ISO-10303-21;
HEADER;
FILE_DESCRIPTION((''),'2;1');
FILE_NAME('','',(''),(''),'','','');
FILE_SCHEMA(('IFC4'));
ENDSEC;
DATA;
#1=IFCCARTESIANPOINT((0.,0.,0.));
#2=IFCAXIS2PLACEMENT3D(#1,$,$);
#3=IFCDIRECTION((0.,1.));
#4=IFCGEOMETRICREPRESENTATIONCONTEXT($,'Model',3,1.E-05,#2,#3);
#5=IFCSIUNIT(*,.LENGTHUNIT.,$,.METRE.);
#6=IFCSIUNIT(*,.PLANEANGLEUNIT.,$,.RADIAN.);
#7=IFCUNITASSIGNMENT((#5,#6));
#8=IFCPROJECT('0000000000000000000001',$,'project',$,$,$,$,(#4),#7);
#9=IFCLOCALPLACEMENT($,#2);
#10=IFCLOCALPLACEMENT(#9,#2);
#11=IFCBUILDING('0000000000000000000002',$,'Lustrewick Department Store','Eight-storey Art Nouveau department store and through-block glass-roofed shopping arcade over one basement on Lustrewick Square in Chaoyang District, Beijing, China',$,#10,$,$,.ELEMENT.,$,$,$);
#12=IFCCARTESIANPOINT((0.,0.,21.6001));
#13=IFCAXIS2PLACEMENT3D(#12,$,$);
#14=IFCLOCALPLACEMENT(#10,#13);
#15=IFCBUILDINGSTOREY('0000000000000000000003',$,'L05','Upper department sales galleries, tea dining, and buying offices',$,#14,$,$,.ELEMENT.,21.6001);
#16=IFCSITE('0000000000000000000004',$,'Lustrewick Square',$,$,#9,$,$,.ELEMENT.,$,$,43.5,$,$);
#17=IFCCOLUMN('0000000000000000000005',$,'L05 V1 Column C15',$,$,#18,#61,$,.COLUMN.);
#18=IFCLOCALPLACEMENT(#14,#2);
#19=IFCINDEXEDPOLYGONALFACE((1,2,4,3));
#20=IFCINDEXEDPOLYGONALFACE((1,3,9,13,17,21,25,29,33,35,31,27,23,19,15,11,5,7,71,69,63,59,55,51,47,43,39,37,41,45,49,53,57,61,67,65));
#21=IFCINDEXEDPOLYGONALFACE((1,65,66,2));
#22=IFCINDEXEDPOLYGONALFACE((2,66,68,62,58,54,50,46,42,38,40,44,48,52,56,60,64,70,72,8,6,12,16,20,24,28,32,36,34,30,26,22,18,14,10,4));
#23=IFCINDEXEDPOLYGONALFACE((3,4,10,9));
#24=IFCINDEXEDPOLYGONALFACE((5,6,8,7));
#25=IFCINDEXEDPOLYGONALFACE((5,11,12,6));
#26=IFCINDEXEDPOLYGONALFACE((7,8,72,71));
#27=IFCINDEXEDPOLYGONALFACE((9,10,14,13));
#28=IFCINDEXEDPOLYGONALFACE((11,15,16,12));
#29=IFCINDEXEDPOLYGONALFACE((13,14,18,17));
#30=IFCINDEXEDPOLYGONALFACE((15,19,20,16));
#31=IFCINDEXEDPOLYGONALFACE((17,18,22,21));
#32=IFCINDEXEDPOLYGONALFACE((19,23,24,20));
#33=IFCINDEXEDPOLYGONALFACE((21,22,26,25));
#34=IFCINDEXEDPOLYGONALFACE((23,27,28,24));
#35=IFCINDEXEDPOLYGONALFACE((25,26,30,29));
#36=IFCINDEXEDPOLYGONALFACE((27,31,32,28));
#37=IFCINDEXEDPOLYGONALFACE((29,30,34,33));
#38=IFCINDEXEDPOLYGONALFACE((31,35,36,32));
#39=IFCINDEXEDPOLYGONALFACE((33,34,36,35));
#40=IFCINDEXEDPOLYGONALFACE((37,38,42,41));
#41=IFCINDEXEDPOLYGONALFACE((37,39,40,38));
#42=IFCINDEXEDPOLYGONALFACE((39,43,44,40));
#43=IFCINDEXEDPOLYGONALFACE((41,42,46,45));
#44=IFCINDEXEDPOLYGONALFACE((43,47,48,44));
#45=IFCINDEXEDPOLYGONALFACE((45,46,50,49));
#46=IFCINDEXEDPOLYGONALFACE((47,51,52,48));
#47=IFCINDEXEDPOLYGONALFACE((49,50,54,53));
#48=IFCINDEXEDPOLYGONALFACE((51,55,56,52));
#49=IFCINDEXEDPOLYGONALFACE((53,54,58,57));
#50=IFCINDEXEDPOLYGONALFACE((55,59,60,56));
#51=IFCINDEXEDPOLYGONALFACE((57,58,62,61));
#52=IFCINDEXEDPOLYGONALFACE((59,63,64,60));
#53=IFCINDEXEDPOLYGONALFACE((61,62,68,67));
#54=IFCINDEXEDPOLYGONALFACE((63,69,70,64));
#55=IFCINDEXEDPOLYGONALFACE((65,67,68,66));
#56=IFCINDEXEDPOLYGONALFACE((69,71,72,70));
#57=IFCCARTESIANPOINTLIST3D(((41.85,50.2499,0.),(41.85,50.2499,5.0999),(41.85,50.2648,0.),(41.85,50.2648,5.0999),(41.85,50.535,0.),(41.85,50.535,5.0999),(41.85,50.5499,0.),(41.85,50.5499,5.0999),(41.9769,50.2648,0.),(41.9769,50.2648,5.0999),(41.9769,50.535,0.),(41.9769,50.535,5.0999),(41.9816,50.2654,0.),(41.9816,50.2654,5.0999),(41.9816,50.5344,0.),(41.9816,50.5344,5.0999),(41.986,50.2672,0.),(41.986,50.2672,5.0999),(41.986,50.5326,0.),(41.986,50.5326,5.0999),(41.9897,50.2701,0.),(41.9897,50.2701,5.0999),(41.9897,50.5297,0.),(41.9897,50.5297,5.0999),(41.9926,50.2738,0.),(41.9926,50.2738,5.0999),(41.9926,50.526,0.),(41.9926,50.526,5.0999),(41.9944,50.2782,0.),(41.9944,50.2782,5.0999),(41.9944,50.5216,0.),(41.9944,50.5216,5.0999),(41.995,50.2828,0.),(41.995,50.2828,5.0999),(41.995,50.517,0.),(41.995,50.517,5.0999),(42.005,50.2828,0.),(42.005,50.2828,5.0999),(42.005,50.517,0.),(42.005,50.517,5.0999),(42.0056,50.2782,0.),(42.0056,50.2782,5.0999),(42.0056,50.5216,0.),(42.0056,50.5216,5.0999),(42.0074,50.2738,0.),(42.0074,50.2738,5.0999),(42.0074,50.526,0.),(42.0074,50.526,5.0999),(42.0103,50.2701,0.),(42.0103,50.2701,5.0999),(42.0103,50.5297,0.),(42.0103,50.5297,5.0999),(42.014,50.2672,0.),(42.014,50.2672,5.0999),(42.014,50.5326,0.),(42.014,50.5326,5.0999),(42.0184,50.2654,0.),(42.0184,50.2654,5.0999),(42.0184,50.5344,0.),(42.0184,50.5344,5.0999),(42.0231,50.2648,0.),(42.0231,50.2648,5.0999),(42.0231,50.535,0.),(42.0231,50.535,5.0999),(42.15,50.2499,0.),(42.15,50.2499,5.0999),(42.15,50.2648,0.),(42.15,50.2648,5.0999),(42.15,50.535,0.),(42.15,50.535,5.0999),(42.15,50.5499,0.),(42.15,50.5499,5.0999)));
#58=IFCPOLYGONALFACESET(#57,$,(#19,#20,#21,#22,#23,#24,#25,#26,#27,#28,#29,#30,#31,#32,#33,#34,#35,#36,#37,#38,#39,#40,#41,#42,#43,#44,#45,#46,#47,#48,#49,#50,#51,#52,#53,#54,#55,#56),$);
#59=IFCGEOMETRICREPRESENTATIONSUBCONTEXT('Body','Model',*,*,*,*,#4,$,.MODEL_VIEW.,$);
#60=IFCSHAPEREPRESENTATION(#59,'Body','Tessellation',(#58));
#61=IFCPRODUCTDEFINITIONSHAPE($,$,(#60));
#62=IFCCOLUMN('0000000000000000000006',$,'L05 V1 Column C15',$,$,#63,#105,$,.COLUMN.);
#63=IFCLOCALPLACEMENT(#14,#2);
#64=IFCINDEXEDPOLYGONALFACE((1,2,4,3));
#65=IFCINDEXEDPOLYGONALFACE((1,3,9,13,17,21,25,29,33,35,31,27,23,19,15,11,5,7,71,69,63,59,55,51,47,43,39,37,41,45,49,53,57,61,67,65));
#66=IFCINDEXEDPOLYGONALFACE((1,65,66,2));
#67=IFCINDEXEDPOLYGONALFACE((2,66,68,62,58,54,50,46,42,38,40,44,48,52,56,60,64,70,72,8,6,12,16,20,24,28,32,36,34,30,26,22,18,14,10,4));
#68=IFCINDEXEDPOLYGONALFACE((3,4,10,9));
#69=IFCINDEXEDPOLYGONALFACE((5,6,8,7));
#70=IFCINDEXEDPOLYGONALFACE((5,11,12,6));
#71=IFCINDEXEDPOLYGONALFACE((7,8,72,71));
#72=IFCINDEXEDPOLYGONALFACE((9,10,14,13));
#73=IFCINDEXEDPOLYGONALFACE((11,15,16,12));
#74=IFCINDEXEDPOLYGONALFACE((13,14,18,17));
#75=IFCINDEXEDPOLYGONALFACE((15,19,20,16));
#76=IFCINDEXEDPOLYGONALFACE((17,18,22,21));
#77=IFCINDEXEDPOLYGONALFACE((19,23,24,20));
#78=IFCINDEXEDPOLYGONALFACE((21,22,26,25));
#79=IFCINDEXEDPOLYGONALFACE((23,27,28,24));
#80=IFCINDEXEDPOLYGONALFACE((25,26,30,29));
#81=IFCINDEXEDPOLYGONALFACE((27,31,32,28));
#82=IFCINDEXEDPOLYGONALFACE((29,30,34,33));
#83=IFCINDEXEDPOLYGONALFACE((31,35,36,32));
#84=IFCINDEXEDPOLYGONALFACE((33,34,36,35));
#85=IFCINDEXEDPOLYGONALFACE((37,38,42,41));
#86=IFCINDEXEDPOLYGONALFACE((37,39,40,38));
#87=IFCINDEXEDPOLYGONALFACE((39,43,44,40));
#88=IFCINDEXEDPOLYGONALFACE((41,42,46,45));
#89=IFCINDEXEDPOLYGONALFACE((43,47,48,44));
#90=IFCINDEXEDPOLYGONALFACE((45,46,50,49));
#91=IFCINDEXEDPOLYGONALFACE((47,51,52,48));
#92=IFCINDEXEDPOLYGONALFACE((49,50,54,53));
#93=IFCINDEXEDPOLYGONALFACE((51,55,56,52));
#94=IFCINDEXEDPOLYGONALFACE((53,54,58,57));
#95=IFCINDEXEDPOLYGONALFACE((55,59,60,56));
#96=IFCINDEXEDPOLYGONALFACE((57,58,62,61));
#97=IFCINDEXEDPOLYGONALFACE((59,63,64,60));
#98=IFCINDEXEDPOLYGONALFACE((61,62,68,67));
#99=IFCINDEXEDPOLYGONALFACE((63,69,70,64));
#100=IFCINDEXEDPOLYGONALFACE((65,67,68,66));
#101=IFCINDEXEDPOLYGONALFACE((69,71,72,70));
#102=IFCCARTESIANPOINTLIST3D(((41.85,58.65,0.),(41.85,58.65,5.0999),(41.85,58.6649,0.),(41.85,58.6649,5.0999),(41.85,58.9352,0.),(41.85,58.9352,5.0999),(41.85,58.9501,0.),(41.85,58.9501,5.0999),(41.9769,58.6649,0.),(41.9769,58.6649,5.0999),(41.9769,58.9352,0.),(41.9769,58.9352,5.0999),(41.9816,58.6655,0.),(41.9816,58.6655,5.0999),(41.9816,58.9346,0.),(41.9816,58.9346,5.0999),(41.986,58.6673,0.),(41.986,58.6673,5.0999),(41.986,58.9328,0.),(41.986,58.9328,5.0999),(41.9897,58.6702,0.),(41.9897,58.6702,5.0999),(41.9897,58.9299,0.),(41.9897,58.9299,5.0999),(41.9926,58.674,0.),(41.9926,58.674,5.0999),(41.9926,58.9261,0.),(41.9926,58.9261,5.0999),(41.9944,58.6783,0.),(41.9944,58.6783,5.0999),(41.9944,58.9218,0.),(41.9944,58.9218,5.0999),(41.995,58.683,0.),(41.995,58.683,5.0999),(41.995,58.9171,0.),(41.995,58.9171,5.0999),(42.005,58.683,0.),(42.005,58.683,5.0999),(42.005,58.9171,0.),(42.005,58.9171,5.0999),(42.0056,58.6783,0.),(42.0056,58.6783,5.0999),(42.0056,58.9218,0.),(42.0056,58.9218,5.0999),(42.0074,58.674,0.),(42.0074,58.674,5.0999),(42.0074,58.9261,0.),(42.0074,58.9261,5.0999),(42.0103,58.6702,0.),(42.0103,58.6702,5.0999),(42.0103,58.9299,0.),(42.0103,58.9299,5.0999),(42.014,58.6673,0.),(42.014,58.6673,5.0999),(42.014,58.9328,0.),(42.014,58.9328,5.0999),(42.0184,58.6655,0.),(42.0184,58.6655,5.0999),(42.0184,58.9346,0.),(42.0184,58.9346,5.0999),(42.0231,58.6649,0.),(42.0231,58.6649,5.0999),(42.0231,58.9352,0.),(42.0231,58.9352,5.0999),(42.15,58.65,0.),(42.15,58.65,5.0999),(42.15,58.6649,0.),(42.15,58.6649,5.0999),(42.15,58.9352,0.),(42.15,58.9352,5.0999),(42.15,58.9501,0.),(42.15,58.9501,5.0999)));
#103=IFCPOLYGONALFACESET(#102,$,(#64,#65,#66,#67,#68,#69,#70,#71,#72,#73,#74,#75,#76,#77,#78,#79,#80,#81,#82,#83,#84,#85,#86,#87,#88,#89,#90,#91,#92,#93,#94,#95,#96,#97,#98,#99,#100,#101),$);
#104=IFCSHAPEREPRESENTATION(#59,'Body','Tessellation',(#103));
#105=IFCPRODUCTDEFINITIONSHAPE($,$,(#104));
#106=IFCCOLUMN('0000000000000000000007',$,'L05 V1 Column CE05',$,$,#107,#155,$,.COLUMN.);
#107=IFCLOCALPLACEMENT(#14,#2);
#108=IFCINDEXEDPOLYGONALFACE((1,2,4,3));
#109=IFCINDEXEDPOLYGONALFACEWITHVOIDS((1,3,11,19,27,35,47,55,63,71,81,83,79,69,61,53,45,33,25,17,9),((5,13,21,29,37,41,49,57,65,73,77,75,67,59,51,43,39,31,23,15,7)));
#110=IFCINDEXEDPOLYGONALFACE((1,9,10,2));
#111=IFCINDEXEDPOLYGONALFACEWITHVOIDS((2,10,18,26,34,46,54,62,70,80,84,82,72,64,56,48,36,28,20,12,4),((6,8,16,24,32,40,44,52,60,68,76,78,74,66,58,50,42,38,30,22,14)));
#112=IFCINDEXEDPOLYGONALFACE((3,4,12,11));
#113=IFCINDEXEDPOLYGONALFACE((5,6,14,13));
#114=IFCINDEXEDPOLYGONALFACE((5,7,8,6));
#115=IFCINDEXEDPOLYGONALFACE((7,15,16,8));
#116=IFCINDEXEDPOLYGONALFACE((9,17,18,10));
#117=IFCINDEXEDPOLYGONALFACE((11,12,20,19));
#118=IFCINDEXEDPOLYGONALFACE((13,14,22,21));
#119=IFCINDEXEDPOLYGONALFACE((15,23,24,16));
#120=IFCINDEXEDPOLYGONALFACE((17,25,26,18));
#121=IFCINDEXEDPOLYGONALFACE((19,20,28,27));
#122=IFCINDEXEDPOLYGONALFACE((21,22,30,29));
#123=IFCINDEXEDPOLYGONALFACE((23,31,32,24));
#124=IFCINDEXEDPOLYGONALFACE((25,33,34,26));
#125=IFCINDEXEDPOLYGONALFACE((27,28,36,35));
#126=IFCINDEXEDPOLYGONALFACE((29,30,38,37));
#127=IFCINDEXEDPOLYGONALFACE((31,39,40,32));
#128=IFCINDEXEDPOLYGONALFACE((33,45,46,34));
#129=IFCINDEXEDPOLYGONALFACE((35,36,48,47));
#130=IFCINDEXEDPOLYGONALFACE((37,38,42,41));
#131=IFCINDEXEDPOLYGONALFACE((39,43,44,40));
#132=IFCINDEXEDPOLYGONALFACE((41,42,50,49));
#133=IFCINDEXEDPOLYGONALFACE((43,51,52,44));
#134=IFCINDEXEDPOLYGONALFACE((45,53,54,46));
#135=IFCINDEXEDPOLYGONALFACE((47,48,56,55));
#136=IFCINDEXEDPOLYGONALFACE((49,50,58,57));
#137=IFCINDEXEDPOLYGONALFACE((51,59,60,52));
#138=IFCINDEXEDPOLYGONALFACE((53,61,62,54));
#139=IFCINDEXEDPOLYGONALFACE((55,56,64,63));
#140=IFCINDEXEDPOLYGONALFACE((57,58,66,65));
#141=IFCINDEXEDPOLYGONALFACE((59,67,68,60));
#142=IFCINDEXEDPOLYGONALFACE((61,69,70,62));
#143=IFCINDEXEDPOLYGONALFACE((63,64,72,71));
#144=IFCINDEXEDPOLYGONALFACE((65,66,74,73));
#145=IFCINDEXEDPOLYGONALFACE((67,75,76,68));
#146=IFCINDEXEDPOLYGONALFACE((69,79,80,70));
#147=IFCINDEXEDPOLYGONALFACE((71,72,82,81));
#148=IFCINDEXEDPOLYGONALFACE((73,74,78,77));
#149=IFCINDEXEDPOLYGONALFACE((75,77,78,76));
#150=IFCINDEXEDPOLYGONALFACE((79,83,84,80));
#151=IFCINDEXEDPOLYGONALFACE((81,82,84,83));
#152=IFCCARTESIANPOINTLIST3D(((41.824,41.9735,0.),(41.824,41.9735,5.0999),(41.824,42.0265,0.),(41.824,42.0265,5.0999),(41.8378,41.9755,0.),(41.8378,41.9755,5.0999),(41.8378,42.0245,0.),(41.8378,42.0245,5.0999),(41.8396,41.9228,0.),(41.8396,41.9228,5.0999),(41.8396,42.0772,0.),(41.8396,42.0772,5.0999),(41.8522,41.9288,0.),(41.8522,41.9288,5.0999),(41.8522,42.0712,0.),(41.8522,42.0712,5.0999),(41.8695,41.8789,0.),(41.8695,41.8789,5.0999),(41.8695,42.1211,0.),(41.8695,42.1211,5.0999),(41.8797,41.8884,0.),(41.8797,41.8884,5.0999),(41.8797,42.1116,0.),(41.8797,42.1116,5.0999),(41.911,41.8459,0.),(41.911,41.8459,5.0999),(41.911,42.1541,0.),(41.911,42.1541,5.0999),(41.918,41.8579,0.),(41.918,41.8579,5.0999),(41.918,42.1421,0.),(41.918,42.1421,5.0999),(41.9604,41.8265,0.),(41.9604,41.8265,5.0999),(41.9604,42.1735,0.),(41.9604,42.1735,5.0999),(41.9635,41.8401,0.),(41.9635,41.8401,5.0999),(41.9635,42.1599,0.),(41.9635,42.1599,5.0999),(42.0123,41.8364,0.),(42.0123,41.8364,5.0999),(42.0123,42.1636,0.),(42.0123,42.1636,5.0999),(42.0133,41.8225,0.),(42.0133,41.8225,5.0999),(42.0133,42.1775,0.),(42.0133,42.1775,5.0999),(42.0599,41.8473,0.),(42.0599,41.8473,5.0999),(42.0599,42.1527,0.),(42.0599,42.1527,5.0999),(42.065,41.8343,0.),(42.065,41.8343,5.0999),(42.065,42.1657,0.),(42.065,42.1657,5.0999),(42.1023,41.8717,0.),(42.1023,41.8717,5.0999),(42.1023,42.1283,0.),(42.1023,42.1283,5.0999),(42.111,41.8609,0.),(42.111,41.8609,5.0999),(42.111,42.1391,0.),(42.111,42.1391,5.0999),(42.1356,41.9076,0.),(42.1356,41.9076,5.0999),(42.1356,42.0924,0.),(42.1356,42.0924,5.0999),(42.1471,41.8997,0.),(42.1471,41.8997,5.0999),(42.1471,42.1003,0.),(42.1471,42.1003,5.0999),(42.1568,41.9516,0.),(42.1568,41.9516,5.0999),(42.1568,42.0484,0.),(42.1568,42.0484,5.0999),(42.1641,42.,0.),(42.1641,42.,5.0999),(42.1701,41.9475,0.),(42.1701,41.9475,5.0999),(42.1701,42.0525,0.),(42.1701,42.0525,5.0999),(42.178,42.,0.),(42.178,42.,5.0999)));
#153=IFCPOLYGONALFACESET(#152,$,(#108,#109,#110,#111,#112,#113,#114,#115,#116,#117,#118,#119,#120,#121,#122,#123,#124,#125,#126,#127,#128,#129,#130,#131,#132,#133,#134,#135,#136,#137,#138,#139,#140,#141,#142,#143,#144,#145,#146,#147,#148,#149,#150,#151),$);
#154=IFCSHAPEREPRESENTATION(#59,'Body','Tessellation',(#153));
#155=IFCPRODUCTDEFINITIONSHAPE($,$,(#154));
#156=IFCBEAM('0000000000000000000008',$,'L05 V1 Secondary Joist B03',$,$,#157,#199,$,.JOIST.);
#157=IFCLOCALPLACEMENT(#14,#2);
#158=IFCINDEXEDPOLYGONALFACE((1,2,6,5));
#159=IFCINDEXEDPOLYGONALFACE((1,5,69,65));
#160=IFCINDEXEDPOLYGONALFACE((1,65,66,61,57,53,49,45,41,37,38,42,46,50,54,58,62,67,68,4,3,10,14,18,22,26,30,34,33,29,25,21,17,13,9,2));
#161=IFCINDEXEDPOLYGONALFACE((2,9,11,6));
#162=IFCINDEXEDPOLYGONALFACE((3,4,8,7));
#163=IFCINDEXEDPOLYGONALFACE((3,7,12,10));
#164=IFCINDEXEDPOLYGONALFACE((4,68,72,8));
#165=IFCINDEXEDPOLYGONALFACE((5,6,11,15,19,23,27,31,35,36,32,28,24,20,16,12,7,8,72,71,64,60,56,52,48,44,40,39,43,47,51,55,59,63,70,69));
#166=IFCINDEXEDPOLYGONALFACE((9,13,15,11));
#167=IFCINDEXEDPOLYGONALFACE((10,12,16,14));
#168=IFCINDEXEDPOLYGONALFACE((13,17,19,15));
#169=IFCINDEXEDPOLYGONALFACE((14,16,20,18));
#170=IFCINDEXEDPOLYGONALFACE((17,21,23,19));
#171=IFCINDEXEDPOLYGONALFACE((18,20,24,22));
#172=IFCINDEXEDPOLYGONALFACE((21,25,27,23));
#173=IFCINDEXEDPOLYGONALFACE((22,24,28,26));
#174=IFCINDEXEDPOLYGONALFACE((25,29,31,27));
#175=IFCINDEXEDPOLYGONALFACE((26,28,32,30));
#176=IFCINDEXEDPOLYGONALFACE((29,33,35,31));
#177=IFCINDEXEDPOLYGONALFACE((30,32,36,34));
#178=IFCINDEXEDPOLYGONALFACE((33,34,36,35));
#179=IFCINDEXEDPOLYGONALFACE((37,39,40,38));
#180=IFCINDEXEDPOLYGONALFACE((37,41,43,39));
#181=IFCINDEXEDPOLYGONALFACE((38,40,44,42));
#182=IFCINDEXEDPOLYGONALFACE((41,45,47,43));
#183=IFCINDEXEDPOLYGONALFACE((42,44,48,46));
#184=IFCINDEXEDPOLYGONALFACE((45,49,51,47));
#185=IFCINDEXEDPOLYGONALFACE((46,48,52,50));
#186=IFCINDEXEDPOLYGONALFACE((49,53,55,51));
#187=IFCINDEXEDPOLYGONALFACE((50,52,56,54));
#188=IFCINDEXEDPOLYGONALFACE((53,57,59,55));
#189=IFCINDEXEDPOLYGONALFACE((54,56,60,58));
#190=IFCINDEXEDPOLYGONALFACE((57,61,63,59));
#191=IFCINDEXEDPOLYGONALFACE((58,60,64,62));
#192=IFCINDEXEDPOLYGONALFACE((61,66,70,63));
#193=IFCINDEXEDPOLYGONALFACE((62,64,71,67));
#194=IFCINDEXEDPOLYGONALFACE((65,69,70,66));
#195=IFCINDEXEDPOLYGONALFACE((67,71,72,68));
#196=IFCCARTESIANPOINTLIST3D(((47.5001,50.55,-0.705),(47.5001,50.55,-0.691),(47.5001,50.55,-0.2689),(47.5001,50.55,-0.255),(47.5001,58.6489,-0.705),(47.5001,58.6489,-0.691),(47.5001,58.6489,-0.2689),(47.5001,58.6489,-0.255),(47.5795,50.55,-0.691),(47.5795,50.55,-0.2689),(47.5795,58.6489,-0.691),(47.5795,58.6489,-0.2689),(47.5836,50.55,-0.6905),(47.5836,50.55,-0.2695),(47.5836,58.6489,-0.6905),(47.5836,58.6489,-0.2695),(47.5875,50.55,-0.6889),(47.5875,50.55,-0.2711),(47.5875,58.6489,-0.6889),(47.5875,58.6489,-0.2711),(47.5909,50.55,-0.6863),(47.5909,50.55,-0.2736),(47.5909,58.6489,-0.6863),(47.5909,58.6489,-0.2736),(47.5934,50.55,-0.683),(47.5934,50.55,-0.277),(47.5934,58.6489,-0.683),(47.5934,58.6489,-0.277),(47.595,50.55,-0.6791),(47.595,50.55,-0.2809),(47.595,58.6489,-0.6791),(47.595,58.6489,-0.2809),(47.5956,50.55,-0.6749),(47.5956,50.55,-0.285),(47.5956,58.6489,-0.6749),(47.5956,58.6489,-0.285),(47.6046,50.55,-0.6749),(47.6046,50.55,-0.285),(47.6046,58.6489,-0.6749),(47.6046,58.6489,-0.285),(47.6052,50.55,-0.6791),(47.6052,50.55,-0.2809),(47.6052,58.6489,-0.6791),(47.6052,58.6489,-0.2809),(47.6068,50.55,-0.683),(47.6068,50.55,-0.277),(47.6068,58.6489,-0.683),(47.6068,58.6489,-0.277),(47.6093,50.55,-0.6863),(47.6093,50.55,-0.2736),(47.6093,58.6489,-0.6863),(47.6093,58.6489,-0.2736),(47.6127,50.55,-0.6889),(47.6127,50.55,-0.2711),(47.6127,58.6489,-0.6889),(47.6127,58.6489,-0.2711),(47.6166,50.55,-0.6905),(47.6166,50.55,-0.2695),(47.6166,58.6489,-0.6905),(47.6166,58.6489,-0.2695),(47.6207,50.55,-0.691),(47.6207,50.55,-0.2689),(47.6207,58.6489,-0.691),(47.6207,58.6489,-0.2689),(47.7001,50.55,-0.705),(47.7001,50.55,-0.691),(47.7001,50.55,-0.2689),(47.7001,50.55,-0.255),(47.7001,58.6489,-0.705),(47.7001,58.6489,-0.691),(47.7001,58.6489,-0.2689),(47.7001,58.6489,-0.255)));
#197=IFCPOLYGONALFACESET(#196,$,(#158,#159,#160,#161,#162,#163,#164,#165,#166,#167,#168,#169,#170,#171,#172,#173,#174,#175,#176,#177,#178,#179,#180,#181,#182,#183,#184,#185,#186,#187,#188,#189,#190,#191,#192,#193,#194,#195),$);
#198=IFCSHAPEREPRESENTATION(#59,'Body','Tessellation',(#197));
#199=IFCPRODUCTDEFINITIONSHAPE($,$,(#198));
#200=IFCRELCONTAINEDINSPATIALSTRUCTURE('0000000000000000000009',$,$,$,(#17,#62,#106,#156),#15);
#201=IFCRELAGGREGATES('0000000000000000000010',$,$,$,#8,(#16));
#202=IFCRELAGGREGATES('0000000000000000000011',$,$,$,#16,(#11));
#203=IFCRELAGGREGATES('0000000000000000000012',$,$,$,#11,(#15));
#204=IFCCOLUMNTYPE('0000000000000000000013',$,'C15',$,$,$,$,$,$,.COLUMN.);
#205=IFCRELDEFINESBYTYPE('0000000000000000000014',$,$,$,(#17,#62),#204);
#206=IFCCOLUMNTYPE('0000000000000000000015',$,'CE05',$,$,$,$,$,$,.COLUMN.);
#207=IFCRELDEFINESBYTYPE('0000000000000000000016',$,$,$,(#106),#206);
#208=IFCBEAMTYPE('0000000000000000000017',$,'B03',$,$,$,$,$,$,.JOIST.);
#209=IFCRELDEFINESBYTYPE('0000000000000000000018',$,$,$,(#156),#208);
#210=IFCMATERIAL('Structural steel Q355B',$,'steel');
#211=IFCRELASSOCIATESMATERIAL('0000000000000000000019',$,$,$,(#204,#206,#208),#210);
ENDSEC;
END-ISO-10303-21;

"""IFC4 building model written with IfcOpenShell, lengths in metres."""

from ifc_helpers import new_model, si_unit, direction, frame, origin, origin_2d, place, context, subcontext, project, spatial, hollow_circle, i_section, extrude, material, material_profile, profile_set, type_object, element, save


model = new_model("IFC4")

# Units and contexts
model_context = context("Model", 3, precision=1e-05, world=origin(), true_north=direction((0.0, 1.0)))
body_context = subcontext(model_context, "Body", "Model", "MODEL_VIEW")
ifc_project = project(units=[si_unit("LENGTHUNIT", "METRE"), si_unit("PLANEANGLEUNIT", "RADIAN")], contexts=[model_context])

# Site, building, storey
site_placement = place(None, origin())
site = spatial("IfcSite", under=ifc_project, at=site_placement, Name="Lustrewick Square", CompositionType="ELEMENT", RefElevation=43.5)
building_placement = place(site_placement, origin())
building = spatial("IfcBuilding", under=site, at=building_placement, Name="Lustrewick Department Store", Description="Eight-storey Art Nouveau department store and through-block glass-roofed shopping arcade over one basement on Lustrewick Square in Chaoyang District, Beijing, China", CompositionType="ELEMENT")
storey_placement = place(building_placement, frame((0.0, 0.0, 21.6001)))
storey = spatial("IfcBuildingStorey", under=building, at=storey_placement, Name="L05", Description="Upper department sales galleries, tea dining, and buying offices", CompositionType="ELEMENT", Elevation=21.6001)

# Columns
ifc_material_1 = material(Name="Structural steel Q355B", Category="steel")
ifc_material_profile_1 = material_profile(ifc_material_1, i_section(OverallWidth=0.3, OverallDepth=0.3, WebThickness=0.01, FlangeThickness=0.0149, FilletRadius=0.0181, at=origin_2d()), Name="HW 300x300x10x15")
ifc_profile_set_1 = profile_set([ifc_material_profile_1], Name="Structural steel Q355B")
column_type_1 = type_object("IfcColumnType", Name="C15", PredefinedType="COLUMN", material=ifc_profile_set_1)
for number, where, z_axis, x_axis, name in (
    (1, (42.0, 50.3999, 0.0), (0.0, 0.0, 1.0), (1.0, 0.0, 0.0), "L05 V1 Column C15"),
    (2, (42.0, 58.8, 0.0), (0.0, 0.0, 1.0), (1.0, 0.0, 0.0), "L05 V1 Column C15"),
):
    element("IfcColumn", number, at=place(storey_placement, frame(where, z_axis=z_axis, x_axis=x_axis)), inside=storey, type_object=column_type_1, Name=name, PredefinedType="COLUMN", context=body_context, shape_type="SweptSolid", body=[
        extrude(i_section(OverallWidth=0.3, OverallDepth=0.3, WebThickness=0.01, FlangeThickness=0.0149, FilletRadius=0.0181, at=origin_2d()), origin(), (0.0, 0.0, 1.0), 5.0999),
    ])
ifc_material_profile_2 = material_profile(ifc_material_1, hollow_circle(Radius=0.178, WallThickness=0.0139, at=origin_2d()), Name="CHS 356x14")
ifc_profile_set_2 = profile_set([ifc_material_profile_2], Name="Structural steel Q355B")
column_type_2 = type_object("IfcColumnType", Name="CE05", PredefinedType="COLUMN", material=ifc_profile_set_2)
column_placement = place(storey_placement, frame((42.0, 42.0, 0.0), z_axis=(0.0, 0.0, 1.0), x_axis=(1.0, 0.0, 0.0)))
element("IfcColumn", 3, at=column_placement, inside=storey, type_object=column_type_2, Name="L05 V1 Column CE05", PredefinedType="COLUMN", context=body_context, shape_type="SweptSolid", body=[
    extrude(hollow_circle(Radius=0.178, WallThickness=0.0139, at=origin_2d()), origin(), (0.0, 0.0, 1.0), 5.0999),
])

# Beam
ifc_material_profile_3 = material_profile(ifc_material_1, i_section(OverallWidth=0.2, OverallDepth=0.45, WebThickness=0.009, FlangeThickness=0.0139, FilletRadius=0.0161, at=origin_2d()), Name="HN 450x200x9x14")
ifc_profile_set_3 = profile_set([ifc_material_profile_3], Name="Structural steel Q355B")
beam_type_1 = type_object("IfcBeamType", Name="B03", PredefinedType="JOIST", material=ifc_profile_set_3)
beam_1_placement = place(storey_placement, frame((47.6001, 50.55, -0.48), z_axis=(0.0, 1.0, 0.0), x_axis=(-1.0, 0.0, 0.0)))
element("IfcBeam", 4, at=beam_1_placement, inside=storey, type_object=beam_type_1, Name="L05 V1 Secondary Joist B03", PredefinedType="JOIST", context=body_context, shape_type="SweptSolid", body=[
    extrude(i_section(OverallWidth=0.2, OverallDepth=0.45, WebThickness=0.009, FlangeThickness=0.0139, FilletRadius=0.0161, at=origin_2d()), origin(), (0.0, 0.0, 1.0), 8.0989),
])

save(model, "model.ifc")
